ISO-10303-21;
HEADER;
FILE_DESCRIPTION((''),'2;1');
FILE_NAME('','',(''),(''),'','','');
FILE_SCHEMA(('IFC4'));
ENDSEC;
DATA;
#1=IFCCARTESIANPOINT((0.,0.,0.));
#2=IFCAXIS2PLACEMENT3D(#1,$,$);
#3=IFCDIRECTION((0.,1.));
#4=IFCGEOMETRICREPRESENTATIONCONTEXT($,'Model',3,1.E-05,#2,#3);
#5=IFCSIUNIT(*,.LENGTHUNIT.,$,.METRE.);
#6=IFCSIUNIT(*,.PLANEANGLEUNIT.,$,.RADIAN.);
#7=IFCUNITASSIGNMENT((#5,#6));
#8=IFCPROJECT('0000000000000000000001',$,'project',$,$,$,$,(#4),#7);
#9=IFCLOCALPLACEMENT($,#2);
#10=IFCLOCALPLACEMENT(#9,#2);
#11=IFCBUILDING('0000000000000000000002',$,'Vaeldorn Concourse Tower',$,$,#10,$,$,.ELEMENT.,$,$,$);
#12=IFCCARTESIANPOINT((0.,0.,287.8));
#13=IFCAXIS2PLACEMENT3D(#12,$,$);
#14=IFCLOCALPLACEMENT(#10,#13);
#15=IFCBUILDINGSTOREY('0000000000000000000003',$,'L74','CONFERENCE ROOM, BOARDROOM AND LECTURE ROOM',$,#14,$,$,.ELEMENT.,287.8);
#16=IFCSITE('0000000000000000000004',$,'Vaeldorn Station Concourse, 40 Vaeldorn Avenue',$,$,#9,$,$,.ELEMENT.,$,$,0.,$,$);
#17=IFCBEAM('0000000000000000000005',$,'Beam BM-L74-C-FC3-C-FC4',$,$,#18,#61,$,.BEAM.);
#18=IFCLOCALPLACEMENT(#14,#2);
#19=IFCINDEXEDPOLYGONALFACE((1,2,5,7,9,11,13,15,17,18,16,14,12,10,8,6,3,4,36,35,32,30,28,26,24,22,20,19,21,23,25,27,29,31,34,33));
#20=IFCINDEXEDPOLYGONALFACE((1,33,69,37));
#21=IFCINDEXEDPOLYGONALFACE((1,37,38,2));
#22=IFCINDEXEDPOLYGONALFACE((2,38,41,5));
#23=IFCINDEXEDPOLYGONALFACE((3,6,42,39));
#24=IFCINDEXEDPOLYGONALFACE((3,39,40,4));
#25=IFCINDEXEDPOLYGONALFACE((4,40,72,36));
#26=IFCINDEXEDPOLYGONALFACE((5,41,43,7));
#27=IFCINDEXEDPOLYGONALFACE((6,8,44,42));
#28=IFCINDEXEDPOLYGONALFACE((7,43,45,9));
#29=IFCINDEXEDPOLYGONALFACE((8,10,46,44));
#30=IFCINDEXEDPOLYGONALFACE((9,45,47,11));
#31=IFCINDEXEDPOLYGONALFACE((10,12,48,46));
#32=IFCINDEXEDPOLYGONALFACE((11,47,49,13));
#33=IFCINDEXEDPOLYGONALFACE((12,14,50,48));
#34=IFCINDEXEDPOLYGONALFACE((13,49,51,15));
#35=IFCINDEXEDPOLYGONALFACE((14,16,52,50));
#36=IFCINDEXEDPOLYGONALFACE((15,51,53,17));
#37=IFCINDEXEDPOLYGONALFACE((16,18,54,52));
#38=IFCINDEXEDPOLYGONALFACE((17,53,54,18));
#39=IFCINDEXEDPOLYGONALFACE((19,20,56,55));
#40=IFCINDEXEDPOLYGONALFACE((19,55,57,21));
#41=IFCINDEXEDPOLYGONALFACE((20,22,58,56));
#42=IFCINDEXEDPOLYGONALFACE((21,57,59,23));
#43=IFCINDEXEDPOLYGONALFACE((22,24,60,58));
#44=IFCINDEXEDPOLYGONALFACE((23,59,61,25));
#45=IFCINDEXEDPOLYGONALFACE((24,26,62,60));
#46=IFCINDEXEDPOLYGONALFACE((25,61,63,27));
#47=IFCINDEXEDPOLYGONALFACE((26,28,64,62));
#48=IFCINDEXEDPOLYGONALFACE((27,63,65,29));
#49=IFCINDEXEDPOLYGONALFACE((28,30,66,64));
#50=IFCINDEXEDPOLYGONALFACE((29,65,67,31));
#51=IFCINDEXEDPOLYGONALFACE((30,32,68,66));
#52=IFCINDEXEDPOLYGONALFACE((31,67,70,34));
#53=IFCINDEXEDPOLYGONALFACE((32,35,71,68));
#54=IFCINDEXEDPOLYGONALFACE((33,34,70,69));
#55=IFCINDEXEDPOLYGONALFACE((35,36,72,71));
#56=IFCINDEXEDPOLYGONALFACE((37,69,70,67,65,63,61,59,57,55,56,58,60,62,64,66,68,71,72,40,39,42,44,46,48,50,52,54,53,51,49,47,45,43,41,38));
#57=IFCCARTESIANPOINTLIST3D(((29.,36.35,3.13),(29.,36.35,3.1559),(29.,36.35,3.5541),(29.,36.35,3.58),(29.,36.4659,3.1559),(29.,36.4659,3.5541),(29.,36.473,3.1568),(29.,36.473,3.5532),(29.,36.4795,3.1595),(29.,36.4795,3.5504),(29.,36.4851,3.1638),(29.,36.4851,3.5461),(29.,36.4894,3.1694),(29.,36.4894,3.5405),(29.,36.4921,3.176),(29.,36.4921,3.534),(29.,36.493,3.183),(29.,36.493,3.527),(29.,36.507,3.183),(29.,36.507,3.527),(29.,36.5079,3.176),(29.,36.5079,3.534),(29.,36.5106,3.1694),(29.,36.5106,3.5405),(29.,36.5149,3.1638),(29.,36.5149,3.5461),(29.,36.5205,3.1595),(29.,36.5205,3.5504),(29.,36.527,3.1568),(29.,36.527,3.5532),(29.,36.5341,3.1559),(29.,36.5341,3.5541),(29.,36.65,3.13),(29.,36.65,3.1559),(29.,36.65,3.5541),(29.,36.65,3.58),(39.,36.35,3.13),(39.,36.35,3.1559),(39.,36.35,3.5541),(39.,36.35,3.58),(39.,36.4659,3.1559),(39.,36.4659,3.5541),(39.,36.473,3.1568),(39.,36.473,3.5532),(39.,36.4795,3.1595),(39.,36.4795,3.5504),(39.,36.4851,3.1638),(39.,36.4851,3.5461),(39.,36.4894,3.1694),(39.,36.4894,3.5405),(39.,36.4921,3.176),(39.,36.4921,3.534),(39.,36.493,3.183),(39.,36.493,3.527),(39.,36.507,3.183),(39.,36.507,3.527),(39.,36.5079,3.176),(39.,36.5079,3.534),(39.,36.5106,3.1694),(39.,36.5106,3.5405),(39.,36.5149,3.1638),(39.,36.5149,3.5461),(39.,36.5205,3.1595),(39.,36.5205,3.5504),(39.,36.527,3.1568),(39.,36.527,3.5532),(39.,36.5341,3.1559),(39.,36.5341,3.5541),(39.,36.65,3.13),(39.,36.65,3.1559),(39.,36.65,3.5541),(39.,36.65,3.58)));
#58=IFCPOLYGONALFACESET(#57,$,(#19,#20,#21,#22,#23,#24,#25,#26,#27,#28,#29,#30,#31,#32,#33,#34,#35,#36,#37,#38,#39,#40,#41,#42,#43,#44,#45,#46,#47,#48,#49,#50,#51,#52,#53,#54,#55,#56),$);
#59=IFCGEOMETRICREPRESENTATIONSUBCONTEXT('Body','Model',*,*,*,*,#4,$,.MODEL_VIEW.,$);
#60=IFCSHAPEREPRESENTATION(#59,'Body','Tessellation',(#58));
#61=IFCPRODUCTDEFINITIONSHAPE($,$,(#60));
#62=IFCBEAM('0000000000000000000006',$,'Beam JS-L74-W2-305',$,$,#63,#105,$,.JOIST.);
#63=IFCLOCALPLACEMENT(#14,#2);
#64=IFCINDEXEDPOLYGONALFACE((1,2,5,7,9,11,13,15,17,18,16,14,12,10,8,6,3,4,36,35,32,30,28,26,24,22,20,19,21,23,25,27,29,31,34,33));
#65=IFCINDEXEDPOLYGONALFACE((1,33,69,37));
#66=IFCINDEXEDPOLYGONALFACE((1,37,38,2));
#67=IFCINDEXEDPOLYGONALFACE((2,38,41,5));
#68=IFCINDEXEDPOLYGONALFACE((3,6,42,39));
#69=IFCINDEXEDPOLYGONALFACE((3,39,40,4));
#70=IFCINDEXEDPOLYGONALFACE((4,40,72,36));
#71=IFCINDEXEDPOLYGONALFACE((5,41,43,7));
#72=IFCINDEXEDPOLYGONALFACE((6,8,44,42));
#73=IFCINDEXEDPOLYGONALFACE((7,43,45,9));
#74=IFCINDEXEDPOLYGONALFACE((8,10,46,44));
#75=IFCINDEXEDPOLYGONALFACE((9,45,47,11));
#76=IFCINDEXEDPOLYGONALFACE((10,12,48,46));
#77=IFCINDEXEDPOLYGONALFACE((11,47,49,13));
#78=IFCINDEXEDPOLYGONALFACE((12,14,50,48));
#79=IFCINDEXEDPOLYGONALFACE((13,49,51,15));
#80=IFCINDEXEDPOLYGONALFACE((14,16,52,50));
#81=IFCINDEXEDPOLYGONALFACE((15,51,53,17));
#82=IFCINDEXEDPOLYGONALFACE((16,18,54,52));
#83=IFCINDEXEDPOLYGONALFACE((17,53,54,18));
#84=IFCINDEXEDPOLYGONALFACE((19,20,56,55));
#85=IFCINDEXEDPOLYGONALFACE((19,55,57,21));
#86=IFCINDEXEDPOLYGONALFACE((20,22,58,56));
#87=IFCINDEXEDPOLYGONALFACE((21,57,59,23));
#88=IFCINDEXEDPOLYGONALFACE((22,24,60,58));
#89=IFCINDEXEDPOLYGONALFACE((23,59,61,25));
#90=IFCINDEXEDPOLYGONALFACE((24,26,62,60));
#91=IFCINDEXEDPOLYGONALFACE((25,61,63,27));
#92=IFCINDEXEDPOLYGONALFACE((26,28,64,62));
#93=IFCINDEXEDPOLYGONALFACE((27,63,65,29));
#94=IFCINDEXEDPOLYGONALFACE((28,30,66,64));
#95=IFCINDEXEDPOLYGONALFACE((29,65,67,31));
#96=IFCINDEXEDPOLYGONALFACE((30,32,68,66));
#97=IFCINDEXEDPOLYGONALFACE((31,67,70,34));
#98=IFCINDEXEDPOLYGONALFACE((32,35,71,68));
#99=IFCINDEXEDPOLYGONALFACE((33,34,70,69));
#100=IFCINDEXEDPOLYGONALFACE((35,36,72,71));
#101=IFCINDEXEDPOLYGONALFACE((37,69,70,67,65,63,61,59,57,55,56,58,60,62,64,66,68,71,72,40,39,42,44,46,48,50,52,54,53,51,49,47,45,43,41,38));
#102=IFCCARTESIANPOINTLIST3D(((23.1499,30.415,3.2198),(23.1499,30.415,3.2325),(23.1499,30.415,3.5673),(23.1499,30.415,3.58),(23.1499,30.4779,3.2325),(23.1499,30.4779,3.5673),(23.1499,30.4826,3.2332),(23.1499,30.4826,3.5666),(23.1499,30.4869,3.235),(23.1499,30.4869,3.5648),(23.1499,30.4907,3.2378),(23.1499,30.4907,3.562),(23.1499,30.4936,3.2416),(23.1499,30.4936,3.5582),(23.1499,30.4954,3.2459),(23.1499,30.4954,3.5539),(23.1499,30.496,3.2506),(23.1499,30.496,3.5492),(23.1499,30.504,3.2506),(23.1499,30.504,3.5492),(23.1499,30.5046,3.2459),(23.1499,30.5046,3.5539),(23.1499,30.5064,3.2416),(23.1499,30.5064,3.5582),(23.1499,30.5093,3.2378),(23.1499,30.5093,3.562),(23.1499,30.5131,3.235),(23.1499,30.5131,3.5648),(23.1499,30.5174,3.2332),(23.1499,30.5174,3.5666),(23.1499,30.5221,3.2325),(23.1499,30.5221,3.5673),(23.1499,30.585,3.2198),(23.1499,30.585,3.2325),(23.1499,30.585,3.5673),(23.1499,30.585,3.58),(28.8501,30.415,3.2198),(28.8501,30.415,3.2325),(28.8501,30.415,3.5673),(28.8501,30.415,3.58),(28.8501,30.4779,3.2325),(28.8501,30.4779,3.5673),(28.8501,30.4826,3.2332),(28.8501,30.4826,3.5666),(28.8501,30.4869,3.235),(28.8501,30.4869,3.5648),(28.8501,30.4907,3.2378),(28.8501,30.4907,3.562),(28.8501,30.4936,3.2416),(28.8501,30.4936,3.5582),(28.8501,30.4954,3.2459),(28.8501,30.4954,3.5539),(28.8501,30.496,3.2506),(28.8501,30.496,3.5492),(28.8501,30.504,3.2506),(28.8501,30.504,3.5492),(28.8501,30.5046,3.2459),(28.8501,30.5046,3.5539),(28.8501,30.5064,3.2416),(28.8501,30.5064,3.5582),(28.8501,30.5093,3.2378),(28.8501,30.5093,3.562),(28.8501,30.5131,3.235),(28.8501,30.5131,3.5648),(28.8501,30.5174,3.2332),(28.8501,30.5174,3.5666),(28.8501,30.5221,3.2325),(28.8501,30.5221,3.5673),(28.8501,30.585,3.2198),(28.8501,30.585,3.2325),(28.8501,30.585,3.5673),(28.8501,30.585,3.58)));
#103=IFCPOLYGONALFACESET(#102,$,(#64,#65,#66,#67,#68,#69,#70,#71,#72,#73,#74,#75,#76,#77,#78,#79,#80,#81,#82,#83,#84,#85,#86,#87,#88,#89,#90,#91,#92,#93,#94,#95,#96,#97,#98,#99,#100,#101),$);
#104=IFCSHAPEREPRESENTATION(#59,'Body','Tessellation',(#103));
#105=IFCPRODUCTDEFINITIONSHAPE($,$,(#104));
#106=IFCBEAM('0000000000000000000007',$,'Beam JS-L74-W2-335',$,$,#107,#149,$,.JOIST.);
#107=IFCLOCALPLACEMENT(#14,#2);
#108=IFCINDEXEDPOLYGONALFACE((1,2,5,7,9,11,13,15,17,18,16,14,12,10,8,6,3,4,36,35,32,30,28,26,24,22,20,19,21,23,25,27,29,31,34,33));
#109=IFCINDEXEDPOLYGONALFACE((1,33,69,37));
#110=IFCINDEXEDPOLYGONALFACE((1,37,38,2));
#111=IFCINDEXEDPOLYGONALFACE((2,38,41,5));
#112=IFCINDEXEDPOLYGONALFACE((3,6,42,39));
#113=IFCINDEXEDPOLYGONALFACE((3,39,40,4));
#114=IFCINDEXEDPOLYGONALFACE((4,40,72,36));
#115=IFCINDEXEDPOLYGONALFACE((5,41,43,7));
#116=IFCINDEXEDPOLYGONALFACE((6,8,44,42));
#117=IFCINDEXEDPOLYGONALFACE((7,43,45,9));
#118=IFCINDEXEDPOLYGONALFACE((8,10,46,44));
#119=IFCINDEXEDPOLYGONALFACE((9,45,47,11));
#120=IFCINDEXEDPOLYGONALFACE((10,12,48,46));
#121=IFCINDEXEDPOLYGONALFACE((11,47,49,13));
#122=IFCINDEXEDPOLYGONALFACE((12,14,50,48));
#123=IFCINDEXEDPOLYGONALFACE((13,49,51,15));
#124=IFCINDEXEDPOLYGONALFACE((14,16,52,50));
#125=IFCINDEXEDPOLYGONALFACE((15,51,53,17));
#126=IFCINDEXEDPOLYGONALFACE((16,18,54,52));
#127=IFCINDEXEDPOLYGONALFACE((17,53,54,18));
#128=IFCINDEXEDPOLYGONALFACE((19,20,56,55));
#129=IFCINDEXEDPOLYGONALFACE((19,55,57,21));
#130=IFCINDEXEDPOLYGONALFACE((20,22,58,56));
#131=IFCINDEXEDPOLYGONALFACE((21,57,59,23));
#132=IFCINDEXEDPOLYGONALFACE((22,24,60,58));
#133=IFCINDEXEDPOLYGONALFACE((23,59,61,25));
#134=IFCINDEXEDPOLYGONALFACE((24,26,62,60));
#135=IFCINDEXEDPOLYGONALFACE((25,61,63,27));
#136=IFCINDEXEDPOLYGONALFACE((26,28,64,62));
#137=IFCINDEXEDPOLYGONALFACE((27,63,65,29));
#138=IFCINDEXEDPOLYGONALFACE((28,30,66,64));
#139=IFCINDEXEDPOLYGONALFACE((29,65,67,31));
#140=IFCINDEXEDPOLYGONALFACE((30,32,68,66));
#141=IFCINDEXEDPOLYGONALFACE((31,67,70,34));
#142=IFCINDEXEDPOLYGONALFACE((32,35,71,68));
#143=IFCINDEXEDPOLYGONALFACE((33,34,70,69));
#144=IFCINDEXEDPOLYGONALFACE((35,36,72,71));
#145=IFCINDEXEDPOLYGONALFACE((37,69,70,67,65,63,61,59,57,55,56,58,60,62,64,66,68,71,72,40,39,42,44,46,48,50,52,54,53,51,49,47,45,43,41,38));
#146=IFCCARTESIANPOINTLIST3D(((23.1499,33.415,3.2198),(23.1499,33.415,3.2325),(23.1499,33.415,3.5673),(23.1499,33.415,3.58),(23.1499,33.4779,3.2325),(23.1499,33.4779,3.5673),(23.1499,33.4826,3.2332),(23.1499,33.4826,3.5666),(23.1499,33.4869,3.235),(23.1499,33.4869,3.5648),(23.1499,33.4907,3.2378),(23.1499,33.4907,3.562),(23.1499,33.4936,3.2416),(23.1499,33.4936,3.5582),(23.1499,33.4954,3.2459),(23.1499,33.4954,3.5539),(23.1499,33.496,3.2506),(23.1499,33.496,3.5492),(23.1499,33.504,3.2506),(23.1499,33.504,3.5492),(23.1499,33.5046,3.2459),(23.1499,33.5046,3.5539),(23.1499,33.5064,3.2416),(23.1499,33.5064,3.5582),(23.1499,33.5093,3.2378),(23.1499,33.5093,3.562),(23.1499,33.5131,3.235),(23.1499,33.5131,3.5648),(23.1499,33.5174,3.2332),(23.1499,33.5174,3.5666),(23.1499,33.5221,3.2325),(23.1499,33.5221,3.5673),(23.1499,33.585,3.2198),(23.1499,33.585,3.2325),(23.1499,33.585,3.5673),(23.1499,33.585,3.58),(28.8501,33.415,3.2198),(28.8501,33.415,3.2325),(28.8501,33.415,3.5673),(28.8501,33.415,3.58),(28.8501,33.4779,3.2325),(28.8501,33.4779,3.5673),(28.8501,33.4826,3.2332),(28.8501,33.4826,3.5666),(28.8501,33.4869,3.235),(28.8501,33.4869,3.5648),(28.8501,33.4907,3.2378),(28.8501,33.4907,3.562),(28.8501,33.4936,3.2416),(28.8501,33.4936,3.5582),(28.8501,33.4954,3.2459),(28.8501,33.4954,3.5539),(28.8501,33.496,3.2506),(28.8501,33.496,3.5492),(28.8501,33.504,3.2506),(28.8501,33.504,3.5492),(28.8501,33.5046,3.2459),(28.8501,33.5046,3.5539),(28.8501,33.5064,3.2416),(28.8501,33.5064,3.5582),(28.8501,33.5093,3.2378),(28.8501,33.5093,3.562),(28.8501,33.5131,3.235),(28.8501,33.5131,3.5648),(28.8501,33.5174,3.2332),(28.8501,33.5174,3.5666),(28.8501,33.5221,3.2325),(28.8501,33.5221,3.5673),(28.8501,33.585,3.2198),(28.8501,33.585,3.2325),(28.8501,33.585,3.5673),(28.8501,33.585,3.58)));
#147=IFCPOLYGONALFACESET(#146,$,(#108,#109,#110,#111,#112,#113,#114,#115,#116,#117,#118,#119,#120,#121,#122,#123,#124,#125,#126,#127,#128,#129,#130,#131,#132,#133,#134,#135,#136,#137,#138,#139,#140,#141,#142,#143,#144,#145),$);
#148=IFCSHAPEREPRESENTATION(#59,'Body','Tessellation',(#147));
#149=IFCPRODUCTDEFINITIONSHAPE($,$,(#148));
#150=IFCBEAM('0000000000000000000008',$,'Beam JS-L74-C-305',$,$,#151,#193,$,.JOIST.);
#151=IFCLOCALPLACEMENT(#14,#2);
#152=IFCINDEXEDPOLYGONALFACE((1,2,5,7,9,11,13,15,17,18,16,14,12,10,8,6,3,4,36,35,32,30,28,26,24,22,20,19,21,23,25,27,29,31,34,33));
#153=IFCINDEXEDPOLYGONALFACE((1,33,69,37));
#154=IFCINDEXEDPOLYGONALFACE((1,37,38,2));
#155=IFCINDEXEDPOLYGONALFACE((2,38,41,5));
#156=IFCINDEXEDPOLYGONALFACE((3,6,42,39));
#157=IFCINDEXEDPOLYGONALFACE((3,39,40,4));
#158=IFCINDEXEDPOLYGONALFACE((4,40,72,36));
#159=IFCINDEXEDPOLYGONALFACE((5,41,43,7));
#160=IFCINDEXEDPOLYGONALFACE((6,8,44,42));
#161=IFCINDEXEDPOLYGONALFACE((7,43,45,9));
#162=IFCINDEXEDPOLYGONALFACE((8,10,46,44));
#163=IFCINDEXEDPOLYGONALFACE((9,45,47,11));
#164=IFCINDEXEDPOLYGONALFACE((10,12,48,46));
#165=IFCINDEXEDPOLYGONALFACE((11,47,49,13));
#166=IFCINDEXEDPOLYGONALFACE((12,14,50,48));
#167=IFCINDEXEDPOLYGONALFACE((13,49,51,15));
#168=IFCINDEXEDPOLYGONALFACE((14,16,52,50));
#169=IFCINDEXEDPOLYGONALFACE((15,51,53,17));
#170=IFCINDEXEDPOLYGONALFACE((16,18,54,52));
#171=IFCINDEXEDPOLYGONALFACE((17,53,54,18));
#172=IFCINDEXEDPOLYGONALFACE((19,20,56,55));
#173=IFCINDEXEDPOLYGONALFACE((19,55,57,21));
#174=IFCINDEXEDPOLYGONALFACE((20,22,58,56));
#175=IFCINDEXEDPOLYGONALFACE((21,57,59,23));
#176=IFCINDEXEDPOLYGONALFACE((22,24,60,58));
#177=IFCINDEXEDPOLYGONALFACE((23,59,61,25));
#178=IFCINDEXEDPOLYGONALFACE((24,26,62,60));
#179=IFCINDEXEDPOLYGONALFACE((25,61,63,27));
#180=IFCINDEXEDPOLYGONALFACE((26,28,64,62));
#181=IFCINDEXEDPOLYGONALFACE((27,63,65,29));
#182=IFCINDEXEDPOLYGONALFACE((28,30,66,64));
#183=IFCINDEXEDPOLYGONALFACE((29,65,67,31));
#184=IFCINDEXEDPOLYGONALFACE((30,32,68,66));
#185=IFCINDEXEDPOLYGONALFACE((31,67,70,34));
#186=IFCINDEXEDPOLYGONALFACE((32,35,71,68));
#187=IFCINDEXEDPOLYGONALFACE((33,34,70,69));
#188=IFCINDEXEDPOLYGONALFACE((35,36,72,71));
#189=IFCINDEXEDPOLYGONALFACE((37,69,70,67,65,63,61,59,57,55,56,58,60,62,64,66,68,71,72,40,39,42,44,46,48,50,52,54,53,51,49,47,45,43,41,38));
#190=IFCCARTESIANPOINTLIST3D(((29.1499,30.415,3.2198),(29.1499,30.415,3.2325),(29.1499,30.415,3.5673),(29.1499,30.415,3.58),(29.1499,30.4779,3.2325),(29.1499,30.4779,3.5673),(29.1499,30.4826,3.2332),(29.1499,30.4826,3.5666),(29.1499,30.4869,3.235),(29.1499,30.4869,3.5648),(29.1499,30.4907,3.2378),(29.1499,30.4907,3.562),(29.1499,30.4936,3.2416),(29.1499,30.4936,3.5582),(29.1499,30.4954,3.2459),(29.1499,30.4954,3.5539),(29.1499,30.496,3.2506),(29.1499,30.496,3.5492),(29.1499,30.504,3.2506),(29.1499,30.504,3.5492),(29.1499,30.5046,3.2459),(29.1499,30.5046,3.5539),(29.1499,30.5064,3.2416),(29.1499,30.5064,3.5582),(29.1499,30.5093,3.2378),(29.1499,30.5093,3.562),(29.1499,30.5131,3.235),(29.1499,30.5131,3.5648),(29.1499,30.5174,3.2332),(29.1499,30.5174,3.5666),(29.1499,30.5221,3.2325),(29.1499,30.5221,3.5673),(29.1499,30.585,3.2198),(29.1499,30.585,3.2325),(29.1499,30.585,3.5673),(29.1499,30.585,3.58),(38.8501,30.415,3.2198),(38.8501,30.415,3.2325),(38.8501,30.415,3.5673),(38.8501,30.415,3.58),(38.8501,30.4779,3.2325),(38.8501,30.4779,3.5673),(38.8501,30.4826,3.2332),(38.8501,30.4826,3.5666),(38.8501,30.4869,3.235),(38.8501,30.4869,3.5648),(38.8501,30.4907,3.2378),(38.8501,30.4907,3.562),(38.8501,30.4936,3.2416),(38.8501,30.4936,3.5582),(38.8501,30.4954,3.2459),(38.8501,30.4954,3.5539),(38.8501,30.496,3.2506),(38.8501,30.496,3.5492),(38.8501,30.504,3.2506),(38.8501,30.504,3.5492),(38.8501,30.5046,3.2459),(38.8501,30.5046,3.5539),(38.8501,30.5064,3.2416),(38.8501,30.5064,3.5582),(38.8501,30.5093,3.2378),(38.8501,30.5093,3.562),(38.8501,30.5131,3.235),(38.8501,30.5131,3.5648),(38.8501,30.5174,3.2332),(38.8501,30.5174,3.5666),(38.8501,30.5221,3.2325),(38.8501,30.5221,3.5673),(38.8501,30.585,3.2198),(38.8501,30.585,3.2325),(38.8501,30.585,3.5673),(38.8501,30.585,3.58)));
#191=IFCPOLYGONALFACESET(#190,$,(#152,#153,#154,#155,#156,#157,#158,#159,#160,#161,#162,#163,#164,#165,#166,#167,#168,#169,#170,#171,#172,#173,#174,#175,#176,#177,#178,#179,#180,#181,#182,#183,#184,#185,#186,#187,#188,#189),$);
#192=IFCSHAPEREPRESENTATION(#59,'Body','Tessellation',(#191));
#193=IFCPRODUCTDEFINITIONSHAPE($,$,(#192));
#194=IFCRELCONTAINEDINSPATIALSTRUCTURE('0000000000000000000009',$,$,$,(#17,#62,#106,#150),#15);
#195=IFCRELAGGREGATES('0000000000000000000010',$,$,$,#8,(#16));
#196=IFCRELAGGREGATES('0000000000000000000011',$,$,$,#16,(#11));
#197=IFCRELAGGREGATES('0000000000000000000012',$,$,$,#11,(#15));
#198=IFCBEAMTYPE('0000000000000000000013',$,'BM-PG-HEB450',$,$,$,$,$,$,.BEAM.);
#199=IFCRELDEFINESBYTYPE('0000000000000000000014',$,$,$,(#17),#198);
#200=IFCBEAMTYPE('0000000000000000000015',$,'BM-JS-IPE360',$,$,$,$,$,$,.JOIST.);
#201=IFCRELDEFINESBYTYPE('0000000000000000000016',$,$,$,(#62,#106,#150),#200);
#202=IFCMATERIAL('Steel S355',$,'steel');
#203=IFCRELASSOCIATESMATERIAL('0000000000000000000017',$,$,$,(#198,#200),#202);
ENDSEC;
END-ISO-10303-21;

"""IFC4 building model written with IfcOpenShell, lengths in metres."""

from ifc_helpers import new_model, si_unit, direction, frame, origin, origin_2d, place, context, subcontext, project, spatial, i_section, extrude, source, transform, mapped, material, material_profile, profile_set, type_object, element, save


model = new_model("IFC4")

# Units and contexts
model_context = context("Model", 3, precision=1e-05, world=origin(), true_north=direction((0.0, 1.0)))
body_context = subcontext(model_context, "Body", "Model", "MODEL_VIEW")
ifc_project = project(units=[si_unit("LENGTHUNIT", "METRE"), si_unit("PLANEANGLEUNIT", "RADIAN")], contexts=[model_context])

# Site, building, storey
site_placement = place(None, origin())
site = spatial("IfcSite", under=ifc_project, at=site_placement, Name="Vaeldorn Station Concourse, 40 Vaeldorn Avenue", CompositionType="ELEMENT", RefElevation=0.0)
building_placement = place(site_placement, origin())
building = spatial("IfcBuilding", under=site, at=building_placement, Name="Vaeldorn Concourse Tower", CompositionType="ELEMENT")
storey_placement = place(building_placement, frame((0.0, 0.0, 287.8)))
storey = spatial("IfcBuildingStorey", under=building, at=storey_placement, Name="L74", Description="CONFERENCE ROOM, BOARDROOM AND LECTURE ROOM", CompositionType="ELEMENT", Elevation=287.8)

# Shared definitions
ifc_material_1 = material(Name="Steel S355", Category="steel")

# Beams
ifc_material_profile_1 = material_profile(ifc_material_1, i_section(OverallWidth=0.3, OverallDepth=0.45, WebThickness=0.0139, FlangeThickness=0.0259, FilletRadius=0.0271, at=origin_2d()), Name="HEB 450")
ifc_profile_set_1 = profile_set([ifc_material_profile_1], Name="Steel S355")
beam_type_1 = type_object("IfcBeamType", Name="BM-PG-HEB450", PredefinedType="BEAM", material=ifc_profile_set_1)
shared_shape_1 = source(origin(), body_context, "Body", "SweptSolid", [
    extrude(i_section(OverallWidth=0.3, OverallDepth=0.45, WebThickness=0.0139, FlangeThickness=0.0259, FilletRadius=0.0271, at=origin_2d()), origin(), (0.0, 0.0, 1.0), 10.0),
])
beam_1_placement = place(storey_placement, frame((29.0, 36.5, 3.355), z_axis=(1.0, 0.0, 0.0), x_axis=(0.0, 1.0, 0.0)))
element("IfcBeam", 1, at=beam_1_placement, inside=storey, type_object=beam_type_1, Name="Beam BM-L74-C-FC3-C-FC4", PredefinedType="BEAM", context=body_context, shape_type="MappedRepresentation", body=[
    mapped(shared_shape_1, transform((0.0, 0.0, 0.0), scale=1.0)),
])
ifc_material_profile_2 = material_profile(ifc_material_1, i_section(OverallWidth=0.1699, OverallDepth=0.3601, WebThickness=0.0081, FlangeThickness=0.0127, FilletRadius=0.0181, at=origin_2d()), Name="IPE 360")
ifc_profile_set_2 = profile_set([ifc_material_profile_2], Name="Steel S355")
beam_type_2 = type_object("IfcBeamType", Name="BM-JS-IPE360", PredefinedType="JOIST", material=ifc_profile_set_2)
shared_shape_2 = source(origin(), body_context, "Body", "SweptSolid", [
    extrude(i_section(OverallWidth=0.1699, OverallDepth=0.3601, WebThickness=0.0081, FlangeThickness=0.0127, FilletRadius=0.0181, at=origin_2d()), origin(), (0.0, 0.0, 1.0), 5.7002),
])
for number, where, z_axis, x_axis, name in (
    (2, (23.1499, 30.5, 3.3999), (1.0, 0.0, 0.0), (0.0, 1.0, 0.0), "Beam JS-L74-W2-305"),
    (3, (23.1499, 33.5, 3.3999), (1.0, 0.0, 0.0), (0.0, 1.0, 0.0), "Beam JS-L74-W2-335"),
):
    element("IfcBeam", number, at=place(storey_placement, frame(where, z_axis=z_axis, x_axis=x_axis)), inside=storey, type_object=beam_type_2, Name=name, PredefinedType="JOIST", context=body_context, shape_type="MappedRepresentation", body=[
        mapped(shared_shape_2, transform((0.0, 0.0, 0.0), scale=1.0)),
    ])
shared_shape_3 = source(origin(), body_context, "Body", "SweptSolid", [
    extrude(i_section(OverallWidth=0.1699, OverallDepth=0.3601, WebThickness=0.0081, FlangeThickness=0.0127, FilletRadius=0.0181, at=origin_2d()), origin(), (0.0, 0.0, 1.0), 9.7002),
])
beam_2_placement = place(storey_placement, frame((29.1499, 30.5, 3.3999), z_axis=(1.0, 0.0, 0.0), x_axis=(0.0, 1.0, 0.0)))
element("IfcBeam", 4, at=beam_2_placement, inside=storey, type_object=beam_type_2, Name="Beam JS-L74-C-305", PredefinedType="JOIST", context=body_context, shape_type="MappedRepresentation", body=[
    mapped(shared_shape_3, transform((0.0, 0.0, 0.0), scale=1.0)),
])

save(model, "model.ifc")
